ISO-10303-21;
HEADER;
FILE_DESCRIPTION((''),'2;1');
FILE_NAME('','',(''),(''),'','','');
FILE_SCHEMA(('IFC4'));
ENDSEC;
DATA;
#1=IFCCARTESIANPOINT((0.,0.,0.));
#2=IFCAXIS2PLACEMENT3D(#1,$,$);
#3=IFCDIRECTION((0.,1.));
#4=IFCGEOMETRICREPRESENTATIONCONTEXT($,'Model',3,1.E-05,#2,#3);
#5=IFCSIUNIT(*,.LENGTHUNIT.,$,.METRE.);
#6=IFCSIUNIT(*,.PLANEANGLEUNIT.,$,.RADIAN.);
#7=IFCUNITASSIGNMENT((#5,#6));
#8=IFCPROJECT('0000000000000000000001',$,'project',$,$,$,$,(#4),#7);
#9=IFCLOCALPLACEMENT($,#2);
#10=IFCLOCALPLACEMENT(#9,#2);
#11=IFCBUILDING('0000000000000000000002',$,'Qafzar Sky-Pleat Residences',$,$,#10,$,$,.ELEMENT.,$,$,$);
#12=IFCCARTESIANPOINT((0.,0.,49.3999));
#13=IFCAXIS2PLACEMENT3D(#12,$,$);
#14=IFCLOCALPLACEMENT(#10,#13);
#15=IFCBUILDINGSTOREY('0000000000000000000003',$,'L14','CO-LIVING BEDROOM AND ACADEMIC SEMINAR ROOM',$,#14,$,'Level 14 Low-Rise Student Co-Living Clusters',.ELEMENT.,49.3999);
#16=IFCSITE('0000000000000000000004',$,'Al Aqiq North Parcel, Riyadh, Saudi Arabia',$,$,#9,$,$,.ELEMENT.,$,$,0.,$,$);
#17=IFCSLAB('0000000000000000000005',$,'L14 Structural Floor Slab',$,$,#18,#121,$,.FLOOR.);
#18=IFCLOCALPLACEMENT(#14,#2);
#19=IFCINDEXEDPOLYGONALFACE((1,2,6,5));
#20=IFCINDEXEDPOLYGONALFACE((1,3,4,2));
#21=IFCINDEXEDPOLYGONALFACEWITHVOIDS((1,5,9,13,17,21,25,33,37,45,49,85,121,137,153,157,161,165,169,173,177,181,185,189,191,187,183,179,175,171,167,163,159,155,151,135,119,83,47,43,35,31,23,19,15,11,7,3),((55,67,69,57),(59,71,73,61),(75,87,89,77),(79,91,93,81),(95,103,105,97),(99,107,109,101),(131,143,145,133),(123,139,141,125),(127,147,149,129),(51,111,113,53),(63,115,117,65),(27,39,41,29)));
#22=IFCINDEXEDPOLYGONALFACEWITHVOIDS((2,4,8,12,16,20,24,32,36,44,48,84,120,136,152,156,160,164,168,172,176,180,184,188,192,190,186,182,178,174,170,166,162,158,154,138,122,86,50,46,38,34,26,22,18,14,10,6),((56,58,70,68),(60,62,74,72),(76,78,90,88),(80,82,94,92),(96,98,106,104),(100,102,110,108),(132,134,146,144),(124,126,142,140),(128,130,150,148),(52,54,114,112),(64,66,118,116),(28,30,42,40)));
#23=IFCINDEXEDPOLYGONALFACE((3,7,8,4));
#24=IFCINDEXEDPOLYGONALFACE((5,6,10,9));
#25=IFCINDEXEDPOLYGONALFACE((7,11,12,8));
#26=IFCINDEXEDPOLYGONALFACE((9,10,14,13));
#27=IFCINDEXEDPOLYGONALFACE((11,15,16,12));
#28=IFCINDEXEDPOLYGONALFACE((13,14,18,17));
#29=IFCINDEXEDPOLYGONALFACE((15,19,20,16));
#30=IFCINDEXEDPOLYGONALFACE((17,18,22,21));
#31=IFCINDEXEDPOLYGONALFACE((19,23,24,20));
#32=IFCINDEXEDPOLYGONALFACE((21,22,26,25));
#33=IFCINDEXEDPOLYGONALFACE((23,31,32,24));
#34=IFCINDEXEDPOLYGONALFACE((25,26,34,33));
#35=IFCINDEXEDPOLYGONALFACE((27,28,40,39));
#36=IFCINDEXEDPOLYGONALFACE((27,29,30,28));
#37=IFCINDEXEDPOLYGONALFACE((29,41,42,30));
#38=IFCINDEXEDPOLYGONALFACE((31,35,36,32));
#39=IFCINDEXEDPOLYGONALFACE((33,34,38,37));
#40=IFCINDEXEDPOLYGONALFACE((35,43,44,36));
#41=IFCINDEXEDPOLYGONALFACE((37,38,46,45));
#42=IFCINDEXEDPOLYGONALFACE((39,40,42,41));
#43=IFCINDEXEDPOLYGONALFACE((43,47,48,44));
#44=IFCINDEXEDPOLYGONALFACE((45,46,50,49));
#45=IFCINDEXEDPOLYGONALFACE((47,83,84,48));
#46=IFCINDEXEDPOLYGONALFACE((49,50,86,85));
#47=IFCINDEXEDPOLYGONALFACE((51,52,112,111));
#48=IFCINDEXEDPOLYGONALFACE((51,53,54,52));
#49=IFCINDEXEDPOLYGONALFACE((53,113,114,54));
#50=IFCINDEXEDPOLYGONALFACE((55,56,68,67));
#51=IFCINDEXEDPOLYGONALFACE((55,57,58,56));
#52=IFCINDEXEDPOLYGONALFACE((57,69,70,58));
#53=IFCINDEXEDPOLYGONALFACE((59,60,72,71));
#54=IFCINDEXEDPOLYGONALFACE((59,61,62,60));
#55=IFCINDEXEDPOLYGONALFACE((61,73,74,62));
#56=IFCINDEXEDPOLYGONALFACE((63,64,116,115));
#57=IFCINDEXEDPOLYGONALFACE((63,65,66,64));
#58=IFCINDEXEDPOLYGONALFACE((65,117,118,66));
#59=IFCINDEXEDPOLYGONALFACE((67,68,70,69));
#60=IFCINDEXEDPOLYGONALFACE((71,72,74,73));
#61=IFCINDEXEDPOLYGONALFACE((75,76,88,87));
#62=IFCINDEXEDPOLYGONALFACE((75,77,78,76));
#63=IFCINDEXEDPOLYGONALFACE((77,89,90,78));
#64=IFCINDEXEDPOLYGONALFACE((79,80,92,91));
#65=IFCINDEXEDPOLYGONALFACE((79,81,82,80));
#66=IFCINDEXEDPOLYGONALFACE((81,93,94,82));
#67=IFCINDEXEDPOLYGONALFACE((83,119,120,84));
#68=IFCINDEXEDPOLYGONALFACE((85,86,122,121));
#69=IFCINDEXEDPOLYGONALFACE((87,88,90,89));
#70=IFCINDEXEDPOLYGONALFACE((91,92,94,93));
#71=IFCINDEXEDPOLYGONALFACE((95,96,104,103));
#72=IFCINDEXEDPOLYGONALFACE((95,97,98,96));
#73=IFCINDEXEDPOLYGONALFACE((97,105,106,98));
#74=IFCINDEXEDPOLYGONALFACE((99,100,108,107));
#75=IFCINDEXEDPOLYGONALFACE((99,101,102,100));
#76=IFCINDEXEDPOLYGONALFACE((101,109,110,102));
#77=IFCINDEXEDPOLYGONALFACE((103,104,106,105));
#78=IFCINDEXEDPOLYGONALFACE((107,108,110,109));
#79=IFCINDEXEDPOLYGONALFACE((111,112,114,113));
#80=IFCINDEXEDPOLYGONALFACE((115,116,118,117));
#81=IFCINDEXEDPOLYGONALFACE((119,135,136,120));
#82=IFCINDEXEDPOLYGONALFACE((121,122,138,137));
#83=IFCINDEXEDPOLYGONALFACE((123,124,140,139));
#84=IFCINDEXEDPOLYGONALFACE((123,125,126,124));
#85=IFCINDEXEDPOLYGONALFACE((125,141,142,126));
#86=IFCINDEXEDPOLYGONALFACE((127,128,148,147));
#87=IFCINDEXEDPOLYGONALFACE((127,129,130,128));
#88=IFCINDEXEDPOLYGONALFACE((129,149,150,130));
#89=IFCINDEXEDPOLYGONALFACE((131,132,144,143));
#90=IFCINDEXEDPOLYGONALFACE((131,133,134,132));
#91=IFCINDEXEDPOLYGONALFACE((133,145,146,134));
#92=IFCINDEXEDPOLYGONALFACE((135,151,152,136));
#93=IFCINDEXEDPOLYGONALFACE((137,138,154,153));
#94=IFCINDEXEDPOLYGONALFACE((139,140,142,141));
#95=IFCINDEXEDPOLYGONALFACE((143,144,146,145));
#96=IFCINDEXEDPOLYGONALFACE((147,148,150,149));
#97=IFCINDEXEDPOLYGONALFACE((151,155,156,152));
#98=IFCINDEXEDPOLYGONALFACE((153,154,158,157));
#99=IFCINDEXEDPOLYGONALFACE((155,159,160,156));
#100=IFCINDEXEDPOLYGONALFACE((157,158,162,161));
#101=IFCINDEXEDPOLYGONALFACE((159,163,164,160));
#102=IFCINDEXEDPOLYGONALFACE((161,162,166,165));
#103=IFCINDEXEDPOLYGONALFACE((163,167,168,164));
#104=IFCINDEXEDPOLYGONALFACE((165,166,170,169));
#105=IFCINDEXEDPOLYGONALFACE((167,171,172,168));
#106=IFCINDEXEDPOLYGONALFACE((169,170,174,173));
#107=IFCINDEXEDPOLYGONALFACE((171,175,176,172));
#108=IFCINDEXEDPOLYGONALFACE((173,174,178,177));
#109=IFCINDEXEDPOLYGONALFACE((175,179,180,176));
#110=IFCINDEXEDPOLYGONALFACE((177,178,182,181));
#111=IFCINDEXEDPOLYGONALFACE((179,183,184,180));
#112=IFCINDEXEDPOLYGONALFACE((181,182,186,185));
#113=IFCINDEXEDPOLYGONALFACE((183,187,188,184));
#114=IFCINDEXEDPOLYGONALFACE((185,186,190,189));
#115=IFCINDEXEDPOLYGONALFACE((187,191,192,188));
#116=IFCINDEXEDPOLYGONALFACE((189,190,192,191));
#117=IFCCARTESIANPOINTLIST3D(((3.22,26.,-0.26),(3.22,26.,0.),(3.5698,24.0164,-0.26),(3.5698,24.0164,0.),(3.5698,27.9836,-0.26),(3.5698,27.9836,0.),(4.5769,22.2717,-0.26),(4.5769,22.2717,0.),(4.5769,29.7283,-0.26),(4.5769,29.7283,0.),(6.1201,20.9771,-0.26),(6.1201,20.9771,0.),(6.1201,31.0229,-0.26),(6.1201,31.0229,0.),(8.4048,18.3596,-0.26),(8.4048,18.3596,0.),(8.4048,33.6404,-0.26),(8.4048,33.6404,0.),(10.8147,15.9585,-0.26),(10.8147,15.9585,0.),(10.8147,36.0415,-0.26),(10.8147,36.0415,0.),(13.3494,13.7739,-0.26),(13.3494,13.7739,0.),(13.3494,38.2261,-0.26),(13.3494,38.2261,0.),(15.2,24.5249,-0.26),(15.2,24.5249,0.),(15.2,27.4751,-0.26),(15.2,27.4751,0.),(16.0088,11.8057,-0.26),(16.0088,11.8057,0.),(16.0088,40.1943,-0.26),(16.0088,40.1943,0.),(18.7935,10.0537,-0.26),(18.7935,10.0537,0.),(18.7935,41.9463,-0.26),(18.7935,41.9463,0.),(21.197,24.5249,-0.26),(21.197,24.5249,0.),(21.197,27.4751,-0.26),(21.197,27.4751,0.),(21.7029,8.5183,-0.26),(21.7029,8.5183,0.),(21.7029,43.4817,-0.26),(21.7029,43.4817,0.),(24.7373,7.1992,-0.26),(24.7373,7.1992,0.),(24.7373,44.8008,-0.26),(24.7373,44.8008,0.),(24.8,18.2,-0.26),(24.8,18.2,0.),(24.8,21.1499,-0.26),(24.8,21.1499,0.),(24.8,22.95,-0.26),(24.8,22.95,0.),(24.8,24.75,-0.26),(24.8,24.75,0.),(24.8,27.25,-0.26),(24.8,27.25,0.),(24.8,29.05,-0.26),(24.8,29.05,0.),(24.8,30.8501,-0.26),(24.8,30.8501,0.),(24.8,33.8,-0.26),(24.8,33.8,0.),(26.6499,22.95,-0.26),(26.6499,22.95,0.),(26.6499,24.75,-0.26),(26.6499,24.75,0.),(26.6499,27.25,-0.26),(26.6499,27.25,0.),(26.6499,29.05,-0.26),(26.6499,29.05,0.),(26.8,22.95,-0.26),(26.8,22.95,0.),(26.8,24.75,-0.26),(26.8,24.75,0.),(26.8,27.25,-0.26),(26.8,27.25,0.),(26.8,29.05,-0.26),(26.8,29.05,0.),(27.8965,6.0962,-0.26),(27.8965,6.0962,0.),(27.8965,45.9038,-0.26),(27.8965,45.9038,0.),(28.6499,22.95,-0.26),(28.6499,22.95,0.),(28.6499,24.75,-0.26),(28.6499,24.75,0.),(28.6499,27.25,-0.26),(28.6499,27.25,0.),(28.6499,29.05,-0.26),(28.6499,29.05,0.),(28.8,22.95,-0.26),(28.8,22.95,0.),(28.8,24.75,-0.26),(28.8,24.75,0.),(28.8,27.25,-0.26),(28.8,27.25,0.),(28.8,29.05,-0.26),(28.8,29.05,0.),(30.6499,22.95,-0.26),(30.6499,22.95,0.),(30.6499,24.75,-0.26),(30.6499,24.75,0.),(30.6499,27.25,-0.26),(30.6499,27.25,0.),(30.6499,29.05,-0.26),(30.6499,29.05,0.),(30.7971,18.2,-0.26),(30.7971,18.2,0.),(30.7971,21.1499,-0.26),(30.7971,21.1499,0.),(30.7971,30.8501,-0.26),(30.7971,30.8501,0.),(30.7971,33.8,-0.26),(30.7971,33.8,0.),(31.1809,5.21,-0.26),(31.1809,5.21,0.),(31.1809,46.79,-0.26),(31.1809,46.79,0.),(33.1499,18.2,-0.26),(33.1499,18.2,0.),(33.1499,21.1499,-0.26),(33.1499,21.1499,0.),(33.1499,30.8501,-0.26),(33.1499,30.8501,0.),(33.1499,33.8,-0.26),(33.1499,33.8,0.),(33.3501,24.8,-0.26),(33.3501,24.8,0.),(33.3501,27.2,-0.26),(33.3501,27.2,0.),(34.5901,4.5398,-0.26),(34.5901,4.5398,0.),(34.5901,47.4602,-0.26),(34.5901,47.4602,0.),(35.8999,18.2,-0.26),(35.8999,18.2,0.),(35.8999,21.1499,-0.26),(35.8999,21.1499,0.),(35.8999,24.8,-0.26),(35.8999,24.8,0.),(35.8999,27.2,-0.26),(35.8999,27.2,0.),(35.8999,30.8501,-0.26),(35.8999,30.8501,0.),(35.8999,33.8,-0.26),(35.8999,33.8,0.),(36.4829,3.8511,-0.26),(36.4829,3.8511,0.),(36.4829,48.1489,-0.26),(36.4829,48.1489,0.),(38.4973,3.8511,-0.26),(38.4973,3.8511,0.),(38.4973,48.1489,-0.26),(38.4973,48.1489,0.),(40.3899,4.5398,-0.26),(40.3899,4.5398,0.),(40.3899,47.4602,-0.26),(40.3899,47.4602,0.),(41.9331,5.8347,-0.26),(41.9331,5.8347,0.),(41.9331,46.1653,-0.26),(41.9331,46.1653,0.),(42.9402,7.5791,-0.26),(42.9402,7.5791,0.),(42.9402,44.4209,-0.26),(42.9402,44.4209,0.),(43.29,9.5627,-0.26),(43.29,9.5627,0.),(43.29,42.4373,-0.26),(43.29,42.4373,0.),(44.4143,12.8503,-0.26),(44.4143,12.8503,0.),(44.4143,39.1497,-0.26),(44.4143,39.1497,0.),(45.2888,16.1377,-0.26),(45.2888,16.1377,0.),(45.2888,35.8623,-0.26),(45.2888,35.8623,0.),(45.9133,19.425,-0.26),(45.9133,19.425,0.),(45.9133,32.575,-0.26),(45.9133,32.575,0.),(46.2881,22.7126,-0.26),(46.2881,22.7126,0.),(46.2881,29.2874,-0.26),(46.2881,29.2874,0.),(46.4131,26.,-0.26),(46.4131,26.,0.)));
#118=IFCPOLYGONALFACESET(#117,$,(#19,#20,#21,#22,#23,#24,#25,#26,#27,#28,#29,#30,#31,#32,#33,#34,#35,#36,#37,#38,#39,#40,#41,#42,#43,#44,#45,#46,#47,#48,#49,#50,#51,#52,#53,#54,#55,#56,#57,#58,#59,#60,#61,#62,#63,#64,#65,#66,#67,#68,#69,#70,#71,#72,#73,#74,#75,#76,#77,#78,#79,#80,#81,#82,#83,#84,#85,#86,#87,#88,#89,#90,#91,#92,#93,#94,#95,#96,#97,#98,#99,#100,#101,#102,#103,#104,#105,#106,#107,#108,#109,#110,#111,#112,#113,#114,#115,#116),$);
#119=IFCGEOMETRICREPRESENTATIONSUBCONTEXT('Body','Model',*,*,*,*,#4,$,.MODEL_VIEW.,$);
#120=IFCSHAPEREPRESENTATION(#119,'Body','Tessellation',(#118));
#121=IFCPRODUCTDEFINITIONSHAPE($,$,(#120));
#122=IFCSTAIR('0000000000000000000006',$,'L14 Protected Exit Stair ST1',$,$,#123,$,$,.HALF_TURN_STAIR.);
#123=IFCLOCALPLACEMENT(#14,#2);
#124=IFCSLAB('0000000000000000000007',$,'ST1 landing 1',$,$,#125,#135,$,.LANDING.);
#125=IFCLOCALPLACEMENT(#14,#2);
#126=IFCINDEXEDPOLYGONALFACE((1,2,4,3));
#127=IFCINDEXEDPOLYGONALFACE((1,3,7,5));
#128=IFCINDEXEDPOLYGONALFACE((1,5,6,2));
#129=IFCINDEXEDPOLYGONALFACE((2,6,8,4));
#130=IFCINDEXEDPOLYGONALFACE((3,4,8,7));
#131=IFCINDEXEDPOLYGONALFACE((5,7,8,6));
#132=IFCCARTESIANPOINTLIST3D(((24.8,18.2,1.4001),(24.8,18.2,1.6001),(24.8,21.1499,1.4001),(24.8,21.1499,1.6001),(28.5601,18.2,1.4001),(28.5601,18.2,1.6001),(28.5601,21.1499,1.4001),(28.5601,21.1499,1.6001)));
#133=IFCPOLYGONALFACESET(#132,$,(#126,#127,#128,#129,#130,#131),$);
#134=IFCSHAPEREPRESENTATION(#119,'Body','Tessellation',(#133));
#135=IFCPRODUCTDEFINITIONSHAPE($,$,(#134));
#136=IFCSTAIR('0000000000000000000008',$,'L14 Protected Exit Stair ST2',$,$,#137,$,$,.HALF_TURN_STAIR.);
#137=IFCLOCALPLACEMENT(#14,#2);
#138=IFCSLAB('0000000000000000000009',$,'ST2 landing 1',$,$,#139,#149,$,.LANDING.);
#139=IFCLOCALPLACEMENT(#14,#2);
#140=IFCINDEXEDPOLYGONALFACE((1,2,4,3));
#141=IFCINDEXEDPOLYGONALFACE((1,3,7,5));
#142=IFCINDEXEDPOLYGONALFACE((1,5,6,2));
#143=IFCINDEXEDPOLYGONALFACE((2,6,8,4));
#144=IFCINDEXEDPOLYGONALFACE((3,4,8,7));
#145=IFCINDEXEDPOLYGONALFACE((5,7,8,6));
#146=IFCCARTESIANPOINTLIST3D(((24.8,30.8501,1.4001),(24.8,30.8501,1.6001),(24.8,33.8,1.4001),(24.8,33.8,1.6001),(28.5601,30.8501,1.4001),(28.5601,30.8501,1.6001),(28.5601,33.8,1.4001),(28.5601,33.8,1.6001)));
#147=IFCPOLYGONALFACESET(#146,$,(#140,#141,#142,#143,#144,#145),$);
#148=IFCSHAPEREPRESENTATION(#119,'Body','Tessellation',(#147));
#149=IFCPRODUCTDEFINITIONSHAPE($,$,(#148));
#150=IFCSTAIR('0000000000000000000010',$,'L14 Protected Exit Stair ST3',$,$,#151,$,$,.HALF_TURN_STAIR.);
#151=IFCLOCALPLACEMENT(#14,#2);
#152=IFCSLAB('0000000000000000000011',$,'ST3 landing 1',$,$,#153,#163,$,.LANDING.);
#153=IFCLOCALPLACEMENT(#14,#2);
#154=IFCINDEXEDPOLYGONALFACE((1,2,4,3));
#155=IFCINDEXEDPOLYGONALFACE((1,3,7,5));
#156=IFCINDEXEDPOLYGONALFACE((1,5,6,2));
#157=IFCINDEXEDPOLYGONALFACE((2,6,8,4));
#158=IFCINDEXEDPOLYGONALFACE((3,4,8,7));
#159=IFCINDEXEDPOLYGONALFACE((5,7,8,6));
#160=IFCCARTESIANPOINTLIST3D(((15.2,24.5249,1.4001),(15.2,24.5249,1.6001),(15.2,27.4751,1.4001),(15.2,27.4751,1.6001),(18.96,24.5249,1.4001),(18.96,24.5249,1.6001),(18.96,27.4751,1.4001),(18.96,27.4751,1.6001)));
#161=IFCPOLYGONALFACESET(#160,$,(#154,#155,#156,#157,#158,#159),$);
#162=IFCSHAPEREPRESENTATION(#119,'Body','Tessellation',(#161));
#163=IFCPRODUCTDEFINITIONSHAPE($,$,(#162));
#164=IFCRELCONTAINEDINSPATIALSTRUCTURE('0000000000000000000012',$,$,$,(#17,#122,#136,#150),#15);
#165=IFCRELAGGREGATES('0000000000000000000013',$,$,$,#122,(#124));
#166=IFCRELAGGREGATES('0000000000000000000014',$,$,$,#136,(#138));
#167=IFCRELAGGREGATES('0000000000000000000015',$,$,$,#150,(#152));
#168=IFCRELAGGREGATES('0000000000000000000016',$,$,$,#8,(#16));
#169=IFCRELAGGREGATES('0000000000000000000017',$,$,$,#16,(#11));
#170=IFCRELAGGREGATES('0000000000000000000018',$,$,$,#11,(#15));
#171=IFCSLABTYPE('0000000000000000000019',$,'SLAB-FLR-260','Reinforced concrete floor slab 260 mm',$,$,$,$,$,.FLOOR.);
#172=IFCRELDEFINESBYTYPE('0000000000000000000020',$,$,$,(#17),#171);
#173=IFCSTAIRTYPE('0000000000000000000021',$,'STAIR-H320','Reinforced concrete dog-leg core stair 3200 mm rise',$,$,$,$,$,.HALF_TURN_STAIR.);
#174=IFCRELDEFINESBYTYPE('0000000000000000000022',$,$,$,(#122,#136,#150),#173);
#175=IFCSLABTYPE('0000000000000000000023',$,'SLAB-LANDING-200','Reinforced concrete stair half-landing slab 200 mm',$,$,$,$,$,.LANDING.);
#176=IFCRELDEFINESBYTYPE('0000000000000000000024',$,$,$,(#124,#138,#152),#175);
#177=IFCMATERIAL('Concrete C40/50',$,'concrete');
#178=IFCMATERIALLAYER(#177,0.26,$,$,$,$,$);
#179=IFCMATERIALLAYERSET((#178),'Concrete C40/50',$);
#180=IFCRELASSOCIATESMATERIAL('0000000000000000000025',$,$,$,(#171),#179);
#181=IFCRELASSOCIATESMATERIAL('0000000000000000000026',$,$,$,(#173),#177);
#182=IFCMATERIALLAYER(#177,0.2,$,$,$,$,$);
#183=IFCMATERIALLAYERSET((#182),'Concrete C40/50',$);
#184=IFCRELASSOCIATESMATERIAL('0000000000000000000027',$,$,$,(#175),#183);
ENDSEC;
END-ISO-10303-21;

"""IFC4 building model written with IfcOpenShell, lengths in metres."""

from ifc_helpers import new_model, si_unit, direction, frame, origin, place, context, subcontext, project, spatial, polyline, outline, extrude, material, layer, layer_set, type_object, element, aggregate, save


model = new_model("IFC4")

# Units and contexts
model_context = context("Model", 3, precision=1e-05, world=origin(), true_north=direction((0.0, 1.0)))
body_context = subcontext(model_context, "Body", "Model", "MODEL_VIEW")
ifc_project = project(units=[si_unit("LENGTHUNIT", "METRE"), si_unit("PLANEANGLEUNIT", "RADIAN")], contexts=[model_context])

# Site, building, storey
site_placement = place(None, origin())
site = spatial("IfcSite", under=ifc_project, at=site_placement, Name="Al Aqiq North Parcel, Riyadh, Saudi Arabia", CompositionType="ELEMENT", RefElevation=0.0)
building_placement = place(site_placement, origin())
building = spatial("IfcBuilding", under=site, at=building_placement, Name="Qafzar Sky-Pleat Residences", CompositionType="ELEMENT")
storey_placement = place(building_placement, frame((0.0, 0.0, 49.3999)))
storey = spatial("IfcBuildingStorey", under=building, at=storey_placement, Name="L14", Description="CO-LIVING BEDROOM AND ACADEMIC SEMINAR ROOM", LongName="Level 14 Low-Rise Student Co-Living Clusters", CompositionType="ELEMENT", Elevation=49.3999)

# Slab
ifc_material_1 = material(Name="Concrete C40/50", Category="concrete")
ifc_layer_1 = layer(ifc_material_1, 0.26)
ifc_layer_set_1 = layer_set([ifc_layer_1], Name="Concrete C40/50")
slab_type_1 = type_object("IfcSlabType", Name="SLAB-FLR-260", Description="Reinforced concrete floor slab 260 mm", PredefinedType="FLOOR", material=ifc_layer_set_1)
slab_1_placement = place(storey_placement, frame((0.0, 0.0, -0.26)))
element("IfcSlab", 1, at=slab_1_placement, inside=storey, type_object=slab_type_1, Name="L14 Structural Floor Slab", PredefinedType="FLOOR", context=body_context, shape_type="SweptSolid", body=[
    extrude(outline(polyline([(6.1201, 31.0229), (4.5769, 29.7283), (3.5698, 27.9836), (3.22, 26.0), (3.5698, 24.0164), (4.5769, 22.2717), (6.1201, 20.9771), (8.4048, 18.3596), (10.8147, 15.9585), (13.3494, 13.7739), (16.0088, 11.8057), (18.7935, 10.0537), (21.7029, 8.5183), (24.7373, 7.1992), (27.8965, 6.0962), (31.1809, 5.21), (34.5901, 4.5398), (36.4829, 3.8511), (38.4973, 3.8511), (40.3899, 4.5398), (41.9331, 5.8347), (42.9402, 7.5791), (43.29, 9.5627), (44.4143, 12.8503), (45.2888, 16.1377), (45.9133, 19.425), (46.2881, 22.7126), (46.4131, 26.0), (46.2881, 29.2874), (45.9133, 32.575), (45.2888, 35.8623), (44.4143, 39.1497), (43.29, 42.4373), (42.9402, 44.4209), (41.9331, 46.1653), (40.3899, 47.4602), (38.4973, 48.1489), (36.4829, 48.1489), (34.5901, 47.4602), (31.1809, 46.79), (27.8965, 45.9038), (24.7373, 44.8008), (21.7029, 43.4817), (18.7935, 41.9463), (16.0088, 40.1943), (13.3494, 38.2261), (10.8147, 36.0415), (8.4048, 33.6404), (6.1201, 31.0229)]), holes=[polyline([(30.7971, 21.1499), (24.8, 21.1499), (24.8, 18.2), (30.7971, 18.2), (30.7971, 21.1499)]), polyline([(30.7971, 33.8), (24.8, 33.8), (24.8, 30.8501), (30.7971, 30.8501), (30.7971, 33.8)]), polyline([(21.197, 27.4751), (15.2, 27.4751), (15.2, 24.5249), (21.197, 24.5249), (21.197, 27.4751)]), polyline([(24.8, 22.95), (26.6499, 22.95), (26.6499, 24.75), (24.8, 24.75), (24.8, 22.95)]), polyline([(26.8, 22.95), (28.6499, 22.95), (28.6499, 24.75), (26.8, 24.75), (26.8, 22.95)]), polyline([(28.8, 22.95), (30.6499, 22.95), (30.6499, 24.75), (28.8, 24.75), (28.8, 22.95)]), polyline([(24.8, 27.25), (26.6499, 27.25), (26.6499, 29.05), (24.8, 29.05), (24.8, 27.25)]), polyline([(26.8, 27.25), (28.6499, 27.25), (28.6499, 29.05), (26.8, 29.05), (26.8, 27.25)]), polyline([(28.8, 27.25), (30.6499, 27.25), (30.6499, 29.05), (28.8, 29.05), (28.8, 27.25)]), polyline([(33.1499, 18.2), (35.8999, 18.2), (35.8999, 21.1499), (33.1499, 21.1499), (33.1499, 18.2)]), polyline([(33.1499, 30.8501), (35.8999, 30.8501), (35.8999, 33.8), (33.1499, 33.8), (33.1499, 30.8501)]), polyline([(33.3501, 24.8), (35.8999, 24.8), (35.8999, 27.2), (33.3501, 27.2), (33.3501, 24.8)])]), origin(), (0.0, 0.0, 1.0), 0.26),
])

# Stairs, slabs
stair_type = type_object("IfcStairType", Name="STAIR-H320", Description="Reinforced concrete dog-leg core stair 3200 mm rise", PredefinedType="HALF_TURN_STAIR", material=ifc_material_1)
stair_1_placement = place(storey_placement, origin())
stair_1 = element("IfcStair", 2, at=stair_1_placement, inside=storey, type_object=stair_type, Name="L14 Protected Exit Stair ST1", PredefinedType="HALF_TURN_STAIR")
ifc_layer_2 = layer(ifc_material_1, 0.2)
ifc_layer_set_2 = layer_set([ifc_layer_2], Name="Concrete C40/50")
slab_type_2 = type_object("IfcSlabType", Name="SLAB-LANDING-200", Description="Reinforced concrete stair half-landing slab 200 mm", PredefinedType="LANDING", material=ifc_layer_set_2)
slab_2_placement = place(storey_placement, frame((0.0, 0.0, 1.4001)))
slab_2 = element("IfcSlab", 3, at=slab_2_placement, type_object=slab_type_2, Name="ST1 landing 1", PredefinedType="LANDING", context=body_context, shape_type="SweptSolid", body=[
    extrude(outline(polyline([(28.5601, 21.1499), (24.8, 21.1499), (24.8, 18.2), (28.5601, 18.2), (28.5601, 21.1499)])), origin(), (0.0, 0.0, 1.0), 0.2),
])
aggregate(stair_1, [slab_2])
stair_2_placement = place(storey_placement, origin())
stair_2 = element("IfcStair", 4, at=stair_2_placement, inside=storey, type_object=stair_type, Name="L14 Protected Exit Stair ST2", PredefinedType="HALF_TURN_STAIR")
slab_3_placement = place(storey_placement, frame((0.0, 0.0, 1.4001)))
slab_3 = element("IfcSlab", 5, at=slab_3_placement, type_object=slab_type_2, Name="ST2 landing 1", PredefinedType="LANDING", context=body_context, shape_type="SweptSolid", body=[
    extrude(outline(polyline([(28.5601, 33.8), (24.8, 33.8), (24.8, 30.8501), (28.5601, 30.8501), (28.5601, 33.8)])), origin(), (0.0, 0.0, 1.0), 0.2),
])
aggregate(stair_2, [slab_3])
stair_3_placement = place(storey_placement, origin())
stair_3 = element("IfcStair", 6, at=stair_3_placement, inside=storey, type_object=stair_type, Name="L14 Protected Exit Stair ST3", PredefinedType="HALF_TURN_STAIR")
slab_4_placement = place(storey_placement, frame((0.0, 0.0, 1.4001)))
slab_4 = element("IfcSlab", 7, at=slab_4_placement, type_object=slab_type_2, Name="ST3 landing 1", PredefinedType="LANDING", context=body_context, shape_type="SweptSolid", body=[
    extrude(outline(polyline([(18.96, 27.4751), (15.2, 27.4751), (15.2, 24.5249), (18.96, 24.5249), (18.96, 27.4751)])), origin(), (0.0, 0.0, 1.0), 0.2),
])
aggregate(stair_3, [slab_4])

save(model, "model.ifc")
